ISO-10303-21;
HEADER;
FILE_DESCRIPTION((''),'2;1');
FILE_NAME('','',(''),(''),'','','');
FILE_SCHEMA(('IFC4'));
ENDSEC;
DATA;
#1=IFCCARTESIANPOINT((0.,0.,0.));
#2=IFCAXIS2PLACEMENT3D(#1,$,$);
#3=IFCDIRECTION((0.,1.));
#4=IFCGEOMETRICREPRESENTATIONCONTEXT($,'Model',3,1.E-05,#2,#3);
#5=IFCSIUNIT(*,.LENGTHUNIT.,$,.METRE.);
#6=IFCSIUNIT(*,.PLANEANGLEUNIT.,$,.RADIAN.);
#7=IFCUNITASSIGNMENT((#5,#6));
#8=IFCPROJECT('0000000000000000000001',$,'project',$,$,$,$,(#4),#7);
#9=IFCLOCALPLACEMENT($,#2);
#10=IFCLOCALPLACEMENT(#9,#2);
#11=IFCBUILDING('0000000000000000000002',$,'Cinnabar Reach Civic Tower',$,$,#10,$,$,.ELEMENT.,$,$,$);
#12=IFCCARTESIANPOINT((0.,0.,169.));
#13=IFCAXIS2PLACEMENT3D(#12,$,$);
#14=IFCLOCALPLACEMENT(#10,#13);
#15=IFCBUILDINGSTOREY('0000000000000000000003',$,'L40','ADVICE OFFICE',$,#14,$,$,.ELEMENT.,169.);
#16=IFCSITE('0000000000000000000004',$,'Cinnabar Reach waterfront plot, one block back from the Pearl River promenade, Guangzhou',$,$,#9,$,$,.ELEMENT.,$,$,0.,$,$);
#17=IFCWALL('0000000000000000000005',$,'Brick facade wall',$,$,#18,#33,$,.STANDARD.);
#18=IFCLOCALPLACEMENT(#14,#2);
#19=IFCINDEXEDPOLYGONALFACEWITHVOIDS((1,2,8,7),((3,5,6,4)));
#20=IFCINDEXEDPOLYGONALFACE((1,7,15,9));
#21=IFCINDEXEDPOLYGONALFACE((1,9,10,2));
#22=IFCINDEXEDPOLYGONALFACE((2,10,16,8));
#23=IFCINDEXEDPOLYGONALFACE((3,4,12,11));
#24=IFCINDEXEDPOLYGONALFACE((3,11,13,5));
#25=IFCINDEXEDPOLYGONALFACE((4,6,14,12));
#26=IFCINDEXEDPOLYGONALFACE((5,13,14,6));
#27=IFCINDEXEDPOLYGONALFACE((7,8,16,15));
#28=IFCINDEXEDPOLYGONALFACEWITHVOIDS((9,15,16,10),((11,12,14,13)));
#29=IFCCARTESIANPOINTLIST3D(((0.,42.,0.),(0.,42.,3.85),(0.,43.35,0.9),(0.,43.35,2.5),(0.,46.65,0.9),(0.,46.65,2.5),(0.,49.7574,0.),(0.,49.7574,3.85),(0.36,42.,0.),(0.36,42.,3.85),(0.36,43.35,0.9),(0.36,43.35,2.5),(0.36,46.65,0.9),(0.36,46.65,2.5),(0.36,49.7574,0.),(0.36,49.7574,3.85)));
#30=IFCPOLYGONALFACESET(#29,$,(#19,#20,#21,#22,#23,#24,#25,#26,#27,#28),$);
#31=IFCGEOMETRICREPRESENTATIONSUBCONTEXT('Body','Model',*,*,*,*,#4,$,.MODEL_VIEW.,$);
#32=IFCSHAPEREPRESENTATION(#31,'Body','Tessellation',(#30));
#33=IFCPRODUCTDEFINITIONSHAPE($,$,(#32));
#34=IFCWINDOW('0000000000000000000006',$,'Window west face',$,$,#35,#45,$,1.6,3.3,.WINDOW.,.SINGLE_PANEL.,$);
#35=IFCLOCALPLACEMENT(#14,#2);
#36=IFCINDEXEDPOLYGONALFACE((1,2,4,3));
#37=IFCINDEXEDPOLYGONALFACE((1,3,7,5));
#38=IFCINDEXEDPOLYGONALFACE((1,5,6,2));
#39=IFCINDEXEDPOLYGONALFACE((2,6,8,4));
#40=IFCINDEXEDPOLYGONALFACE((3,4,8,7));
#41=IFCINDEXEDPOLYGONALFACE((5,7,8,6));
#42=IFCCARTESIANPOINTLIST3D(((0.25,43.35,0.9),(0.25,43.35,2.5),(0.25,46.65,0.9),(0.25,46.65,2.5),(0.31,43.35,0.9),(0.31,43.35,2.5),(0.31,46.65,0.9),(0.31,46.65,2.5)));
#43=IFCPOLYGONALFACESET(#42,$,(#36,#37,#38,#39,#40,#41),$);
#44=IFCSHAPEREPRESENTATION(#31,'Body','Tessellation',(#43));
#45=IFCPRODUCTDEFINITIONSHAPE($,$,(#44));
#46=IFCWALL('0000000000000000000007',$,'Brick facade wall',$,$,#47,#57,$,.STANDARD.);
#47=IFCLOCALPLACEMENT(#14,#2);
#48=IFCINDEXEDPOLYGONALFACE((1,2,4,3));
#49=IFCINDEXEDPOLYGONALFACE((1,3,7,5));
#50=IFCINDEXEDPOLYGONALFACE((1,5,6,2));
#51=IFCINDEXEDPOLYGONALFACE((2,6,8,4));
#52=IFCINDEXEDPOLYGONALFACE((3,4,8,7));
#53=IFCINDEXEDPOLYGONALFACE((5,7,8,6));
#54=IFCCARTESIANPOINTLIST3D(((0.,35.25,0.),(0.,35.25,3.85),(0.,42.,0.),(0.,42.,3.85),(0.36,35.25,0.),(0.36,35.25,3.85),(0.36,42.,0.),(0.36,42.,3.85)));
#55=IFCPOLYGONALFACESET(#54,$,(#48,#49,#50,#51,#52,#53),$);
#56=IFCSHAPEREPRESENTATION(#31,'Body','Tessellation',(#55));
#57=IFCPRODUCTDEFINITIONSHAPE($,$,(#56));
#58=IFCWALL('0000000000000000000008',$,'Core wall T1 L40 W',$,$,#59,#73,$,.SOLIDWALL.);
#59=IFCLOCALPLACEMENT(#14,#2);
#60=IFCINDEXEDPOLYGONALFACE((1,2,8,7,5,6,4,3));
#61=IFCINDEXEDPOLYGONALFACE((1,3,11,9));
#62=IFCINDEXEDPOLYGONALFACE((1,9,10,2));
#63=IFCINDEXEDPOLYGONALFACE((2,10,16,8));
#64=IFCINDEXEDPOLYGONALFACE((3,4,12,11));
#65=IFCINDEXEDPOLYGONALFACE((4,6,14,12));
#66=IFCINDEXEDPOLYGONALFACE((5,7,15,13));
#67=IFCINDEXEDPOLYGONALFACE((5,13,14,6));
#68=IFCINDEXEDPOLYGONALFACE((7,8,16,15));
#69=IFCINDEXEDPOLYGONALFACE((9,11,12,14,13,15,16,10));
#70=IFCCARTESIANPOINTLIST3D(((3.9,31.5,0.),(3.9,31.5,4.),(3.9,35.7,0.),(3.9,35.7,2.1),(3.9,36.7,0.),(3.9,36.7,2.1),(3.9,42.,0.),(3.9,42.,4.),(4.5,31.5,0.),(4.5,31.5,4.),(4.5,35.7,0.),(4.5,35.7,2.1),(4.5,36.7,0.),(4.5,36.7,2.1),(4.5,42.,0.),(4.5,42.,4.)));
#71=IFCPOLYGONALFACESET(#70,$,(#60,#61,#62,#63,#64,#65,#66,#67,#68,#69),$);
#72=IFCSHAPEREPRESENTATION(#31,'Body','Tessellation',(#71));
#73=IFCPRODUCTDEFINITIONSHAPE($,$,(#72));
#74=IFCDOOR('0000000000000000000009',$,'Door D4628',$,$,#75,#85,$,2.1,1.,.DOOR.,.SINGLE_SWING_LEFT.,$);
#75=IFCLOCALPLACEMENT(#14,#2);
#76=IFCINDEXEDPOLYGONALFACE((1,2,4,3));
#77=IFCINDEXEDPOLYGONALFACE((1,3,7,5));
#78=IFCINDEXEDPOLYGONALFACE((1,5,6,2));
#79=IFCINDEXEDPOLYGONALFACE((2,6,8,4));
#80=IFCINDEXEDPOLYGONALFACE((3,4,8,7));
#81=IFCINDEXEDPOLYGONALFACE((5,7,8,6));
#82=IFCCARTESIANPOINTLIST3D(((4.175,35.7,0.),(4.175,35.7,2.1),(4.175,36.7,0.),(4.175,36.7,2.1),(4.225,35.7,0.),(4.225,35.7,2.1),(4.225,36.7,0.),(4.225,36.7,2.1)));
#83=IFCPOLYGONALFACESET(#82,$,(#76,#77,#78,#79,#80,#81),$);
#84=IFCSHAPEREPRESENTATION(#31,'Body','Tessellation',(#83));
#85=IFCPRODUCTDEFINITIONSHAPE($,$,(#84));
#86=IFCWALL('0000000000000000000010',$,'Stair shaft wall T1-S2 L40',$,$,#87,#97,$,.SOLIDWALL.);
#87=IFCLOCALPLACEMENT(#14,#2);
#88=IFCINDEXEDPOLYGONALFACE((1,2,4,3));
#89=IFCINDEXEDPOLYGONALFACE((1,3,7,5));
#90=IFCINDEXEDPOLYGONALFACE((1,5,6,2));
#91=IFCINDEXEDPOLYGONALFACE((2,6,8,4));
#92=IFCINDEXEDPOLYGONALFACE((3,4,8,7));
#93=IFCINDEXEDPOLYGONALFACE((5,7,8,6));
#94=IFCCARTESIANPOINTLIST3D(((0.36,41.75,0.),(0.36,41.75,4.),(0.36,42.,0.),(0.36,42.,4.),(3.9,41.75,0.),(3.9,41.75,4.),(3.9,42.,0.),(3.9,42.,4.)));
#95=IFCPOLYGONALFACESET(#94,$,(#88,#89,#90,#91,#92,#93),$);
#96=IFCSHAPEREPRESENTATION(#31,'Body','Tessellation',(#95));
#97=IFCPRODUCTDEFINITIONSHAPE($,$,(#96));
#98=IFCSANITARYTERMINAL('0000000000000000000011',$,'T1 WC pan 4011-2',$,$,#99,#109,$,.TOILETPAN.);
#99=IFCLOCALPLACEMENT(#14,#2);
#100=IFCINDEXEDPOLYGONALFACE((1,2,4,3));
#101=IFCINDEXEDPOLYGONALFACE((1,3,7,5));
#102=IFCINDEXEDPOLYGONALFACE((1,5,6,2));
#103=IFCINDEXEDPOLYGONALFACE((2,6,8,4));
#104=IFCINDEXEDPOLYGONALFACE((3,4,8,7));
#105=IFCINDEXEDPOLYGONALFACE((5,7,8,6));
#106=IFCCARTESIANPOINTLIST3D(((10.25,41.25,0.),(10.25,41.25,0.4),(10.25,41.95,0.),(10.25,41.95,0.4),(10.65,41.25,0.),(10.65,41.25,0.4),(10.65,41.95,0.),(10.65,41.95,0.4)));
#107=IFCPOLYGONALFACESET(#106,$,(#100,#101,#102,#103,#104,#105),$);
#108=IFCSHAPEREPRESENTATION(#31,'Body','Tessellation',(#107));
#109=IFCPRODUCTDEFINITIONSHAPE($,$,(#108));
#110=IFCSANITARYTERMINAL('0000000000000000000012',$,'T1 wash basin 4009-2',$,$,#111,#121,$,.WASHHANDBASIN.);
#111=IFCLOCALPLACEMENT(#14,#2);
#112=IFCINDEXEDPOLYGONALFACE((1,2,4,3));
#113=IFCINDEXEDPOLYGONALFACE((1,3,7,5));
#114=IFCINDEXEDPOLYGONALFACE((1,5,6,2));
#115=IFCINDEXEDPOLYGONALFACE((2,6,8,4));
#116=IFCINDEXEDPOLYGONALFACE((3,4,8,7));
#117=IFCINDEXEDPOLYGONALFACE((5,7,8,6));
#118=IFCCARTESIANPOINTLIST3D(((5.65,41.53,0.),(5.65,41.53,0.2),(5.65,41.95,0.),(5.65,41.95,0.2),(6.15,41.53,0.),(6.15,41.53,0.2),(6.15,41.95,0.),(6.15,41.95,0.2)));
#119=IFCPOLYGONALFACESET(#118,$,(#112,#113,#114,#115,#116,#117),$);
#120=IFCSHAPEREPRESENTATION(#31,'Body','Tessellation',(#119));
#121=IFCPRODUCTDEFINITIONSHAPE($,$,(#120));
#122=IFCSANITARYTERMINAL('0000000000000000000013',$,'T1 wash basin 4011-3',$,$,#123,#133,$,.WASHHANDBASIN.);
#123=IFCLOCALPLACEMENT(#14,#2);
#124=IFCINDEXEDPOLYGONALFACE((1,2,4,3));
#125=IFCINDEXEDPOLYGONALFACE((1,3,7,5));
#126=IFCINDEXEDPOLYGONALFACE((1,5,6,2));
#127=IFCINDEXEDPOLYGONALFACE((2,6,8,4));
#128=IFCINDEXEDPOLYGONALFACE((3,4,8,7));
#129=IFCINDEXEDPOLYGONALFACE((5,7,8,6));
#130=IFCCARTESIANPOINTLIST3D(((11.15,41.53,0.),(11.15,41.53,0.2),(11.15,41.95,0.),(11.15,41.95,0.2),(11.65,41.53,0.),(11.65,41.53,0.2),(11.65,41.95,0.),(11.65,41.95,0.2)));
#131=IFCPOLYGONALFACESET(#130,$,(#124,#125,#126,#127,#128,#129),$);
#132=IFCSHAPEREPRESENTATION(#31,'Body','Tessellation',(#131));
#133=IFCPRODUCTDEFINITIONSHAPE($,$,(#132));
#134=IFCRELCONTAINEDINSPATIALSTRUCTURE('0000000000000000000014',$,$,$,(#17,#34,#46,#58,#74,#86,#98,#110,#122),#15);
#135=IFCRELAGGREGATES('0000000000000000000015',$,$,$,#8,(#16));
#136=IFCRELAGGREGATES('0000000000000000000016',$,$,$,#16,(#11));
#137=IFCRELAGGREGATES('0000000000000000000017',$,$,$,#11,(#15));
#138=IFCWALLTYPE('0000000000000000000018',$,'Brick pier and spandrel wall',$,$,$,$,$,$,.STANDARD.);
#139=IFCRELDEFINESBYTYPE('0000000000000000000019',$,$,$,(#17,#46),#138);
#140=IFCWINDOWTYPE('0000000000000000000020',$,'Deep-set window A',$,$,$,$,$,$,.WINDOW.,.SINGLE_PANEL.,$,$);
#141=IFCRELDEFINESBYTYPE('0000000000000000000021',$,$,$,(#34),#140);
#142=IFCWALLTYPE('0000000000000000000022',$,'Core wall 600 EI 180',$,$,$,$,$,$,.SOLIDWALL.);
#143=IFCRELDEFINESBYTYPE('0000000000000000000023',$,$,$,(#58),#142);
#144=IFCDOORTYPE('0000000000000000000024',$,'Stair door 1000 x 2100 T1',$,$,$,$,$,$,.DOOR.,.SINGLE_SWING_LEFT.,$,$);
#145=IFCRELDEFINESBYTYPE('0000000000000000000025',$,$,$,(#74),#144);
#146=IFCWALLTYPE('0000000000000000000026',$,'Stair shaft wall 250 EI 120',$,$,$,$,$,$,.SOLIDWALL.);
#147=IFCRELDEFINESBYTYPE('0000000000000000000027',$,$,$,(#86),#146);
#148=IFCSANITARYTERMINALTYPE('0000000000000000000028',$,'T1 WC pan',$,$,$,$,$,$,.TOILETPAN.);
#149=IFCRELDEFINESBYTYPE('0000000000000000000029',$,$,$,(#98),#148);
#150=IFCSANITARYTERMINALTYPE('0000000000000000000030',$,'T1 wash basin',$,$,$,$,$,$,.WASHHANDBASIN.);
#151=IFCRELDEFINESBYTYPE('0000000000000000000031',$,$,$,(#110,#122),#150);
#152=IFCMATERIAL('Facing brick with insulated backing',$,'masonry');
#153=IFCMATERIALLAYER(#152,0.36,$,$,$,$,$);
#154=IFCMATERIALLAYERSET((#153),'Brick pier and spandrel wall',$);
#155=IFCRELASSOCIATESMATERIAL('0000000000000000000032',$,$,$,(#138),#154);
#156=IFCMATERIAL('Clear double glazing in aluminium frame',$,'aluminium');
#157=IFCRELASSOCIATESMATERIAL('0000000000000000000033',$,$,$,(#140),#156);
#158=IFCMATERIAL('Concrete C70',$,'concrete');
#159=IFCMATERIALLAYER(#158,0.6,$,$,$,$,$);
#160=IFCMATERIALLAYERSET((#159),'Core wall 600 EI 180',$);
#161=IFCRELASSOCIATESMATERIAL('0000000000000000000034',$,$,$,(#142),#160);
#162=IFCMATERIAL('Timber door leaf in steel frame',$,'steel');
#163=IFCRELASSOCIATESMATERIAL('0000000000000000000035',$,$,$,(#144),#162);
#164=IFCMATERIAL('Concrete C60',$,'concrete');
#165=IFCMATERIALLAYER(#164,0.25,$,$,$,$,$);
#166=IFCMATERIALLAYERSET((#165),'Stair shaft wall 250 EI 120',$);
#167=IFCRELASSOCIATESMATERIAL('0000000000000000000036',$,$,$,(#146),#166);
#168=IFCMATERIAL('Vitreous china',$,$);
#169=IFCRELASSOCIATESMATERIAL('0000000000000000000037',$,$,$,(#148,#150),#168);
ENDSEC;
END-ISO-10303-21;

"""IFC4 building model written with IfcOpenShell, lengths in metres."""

from ifc_helpers import new_model, si_unit, direction, frame, frame_2d, origin, origin_2d, place, context, subcontext, project, spatial, rectangle, extrude, material, layer, layer_set, type_object, element, fill, save


model = new_model("IFC4")

# Units and contexts
model_context = context("Model", 3, precision=1e-05, world=origin(), true_north=direction((0.0, 1.0)))
body_context = subcontext(model_context, "Body", "Model", "MODEL_VIEW")
ifc_project = project(units=[si_unit("LENGTHUNIT", "METRE"), si_unit("PLANEANGLEUNIT", "RADIAN")], contexts=[model_context])

# Site, building, storey
site_placement = place(None, origin())
site = spatial("IfcSite", under=ifc_project, at=site_placement, Name="Cinnabar Reach waterfront plot, one block back from the Pearl River promenade, Guangzhou", CompositionType="ELEMENT", RefElevation=0.0)
building_placement = place(site_placement, origin())
building = spatial("IfcBuilding", under=site, at=building_placement, Name="Cinnabar Reach Civic Tower", CompositionType="ELEMENT")
storey_placement = place(building_placement, frame((0.0, 0.0, 169.0)))
storey = spatial("IfcBuildingStorey", under=building, at=storey_placement, Name="L40", Description="ADVICE OFFICE", CompositionType="ELEMENT", Elevation=169.0)

# Shared definitions
ifc_material_1 = material(Name="Concrete C70", Category="concrete")

# Shared definitions
ifc_material_2 = material(Name="Facing brick with insulated backing", Category="masonry")
ifc_layer_1 = layer(ifc_material_2, 0.36)
ifc_layer_set_1 = layer_set([ifc_layer_1], Name="Brick pier and spandrel wall")
wall_type_1 = type_object("IfcWallType", Name="Brick pier and spandrel wall", PredefinedType="STANDARD", material=ifc_layer_set_1)

# Wall, opening, window
wall_1_placement = place(storey_placement, frame((0.18, 49.7574, 0.0), z_axis=(0.0, 0.0, 1.0), x_axis=(0.0, -1.0, 0.0)))
wall_1 = element("IfcWall", 1, at=wall_1_placement, inside=storey, type_object=wall_type_1, Name="Brick facade wall", PredefinedType="STANDARD", context=body_context, shape_type="SweptSolid", body=[
    extrude(rectangle(XDim=7.7574, YDim=0.36, at=frame_2d((3.8787, 0.0))), origin(), (0.0, 0.0, 1.0), 3.85),
])
opening_1_placement = place(wall_1_placement, frame((3.1074, 0.0, 0.9)))
opening_1 = element("IfcOpeningElement", 2, at=opening_1_placement, cuts=wall_1, PredefinedType="OPENING", context=body_context, shape_type="SweptSolid", body=[
    extrude(rectangle(XDim=3.3, YDim=1.6, at=frame_2d((1.65, 0.8))), frame((0.0, 0.19, 0.0), z_axis=(0.0, -1.0, 0.0), x_axis=(1.0, 0.0, 0.0)), (0.0, 0.0, 1.0), 0.38),
])
ifc_material_3 = material(Name="Clear double glazing in aluminium frame", Category="aluminium")
window_type = type_object("IfcWindowType", Name="Deep-set window A", PartitioningType="SINGLE_PANEL", PredefinedType="WINDOW", material=ifc_material_3)
window_placement = place(opening_1_placement, origin())
window = element("IfcWindow", 3, at=window_placement, inside=storey, type_object=window_type, Name="Window west face", OverallHeight=1.6, OverallWidth=3.3, PartitioningType="SINGLE_PANEL", PredefinedType="WINDOW", context=body_context, shape_type="SweptSolid", body=[
    extrude(rectangle(XDim=3.3, YDim=1.6, at=frame_2d((1.65, 0.8))), frame((0.0, 0.13, 0.0), z_axis=(0.0, -1.0, 0.0), x_axis=(1.0, 0.0, 0.0)), (0.0, 0.0, 1.0), 0.06),
])
fill(opening_1, window)

# Wall
wall_2_placement = place(storey_placement, frame((0.18, 42.0, 0.0), z_axis=(0.0, 0.0, 1.0), x_axis=(0.0, -1.0, 0.0)))
element("IfcWall", 4, at=wall_2_placement, inside=storey, type_object=wall_type_1, Name="Brick facade wall", PredefinedType="STANDARD", context=body_context, shape_type="SweptSolid", body=[
    extrude(rectangle(XDim=6.75, YDim=0.36, at=frame_2d((3.375, 0.0))), origin(), (0.0, 0.0, 1.0), 3.85),
])

# Wall, opening, door
ifc_layer_2 = layer(ifc_material_1, 0.6)
ifc_layer_set_2 = layer_set([ifc_layer_2], Name="Core wall 600 EI 180")
wall_type_2 = type_object("IfcWallType", Name="Core wall 600 EI 180", PredefinedType="SOLIDWALL", material=ifc_layer_set_2)
wall_3_placement = place(storey_placement, frame((4.2, 42.0, 0.0), z_axis=(0.0, 0.0, 1.0), x_axis=(0.0, -1.0, 0.0)))
wall_3 = element("IfcWall", 5, at=wall_3_placement, inside=storey, type_object=wall_type_2, Name="Core wall T1 L40 W", PredefinedType="SOLIDWALL", context=body_context, shape_type="SweptSolid", body=[
    extrude(rectangle(XDim=10.5, YDim=0.6, at=frame_2d((5.25, 0.0))), origin(), (0.0, 0.0, 1.0), 4.0),
])
opening_2_placement = place(wall_3_placement, frame((5.3, 0.0, 0.0)))
opening_2 = element("IfcOpeningElement", 6, at=opening_2_placement, cuts=wall_3, PredefinedType="OPENING", context=body_context, shape_type="SweptSolid", body=[
    extrude(rectangle(XDim=1.0, YDim=2.1, at=frame_2d((0.5, 1.05))), frame((0.0, 0.31, 0.0), z_axis=(0.0, -1.0, 0.0), x_axis=(1.0, 0.0, 0.0)), (0.0, 0.0, 1.0), 0.62),
])
ifc_material_4 = material(Name="Timber door leaf in steel frame", Category="steel")
door_type = type_object("IfcDoorType", Name="Stair door 1000 x 2100 T1", OperationType="SINGLE_SWING_LEFT", PredefinedType="DOOR", material=ifc_material_4)
door_placement = place(opening_2_placement, frame((1.0, 0.0, 0.0), z_axis=(0.0, 0.0, 1.0), x_axis=(-1.0, 0.0, 0.0)))
door = element("IfcDoor", 7, at=door_placement, inside=storey, type_object=door_type, Name="Door D4628", OperationType="SINGLE_SWING_LEFT", OverallHeight=2.1, OverallWidth=1.0, PredefinedType="DOOR", context=body_context, shape_type="SweptSolid", body=[
    extrude(rectangle(XDim=1.0, YDim=2.1, at=frame_2d((0.5, 1.05))), frame((0.0, 0.025, 0.0), z_axis=(0.0, -1.0, 0.0), x_axis=(1.0, 0.0, 0.0)), (0.0, 0.0, 1.0), 0.05),
])
fill(opening_2, door)

# Wall
ifc_material_5 = material(Name="Concrete C60", Category="concrete")
ifc_layer_3 = layer(ifc_material_5, 0.25)
ifc_layer_set_3 = layer_set([ifc_layer_3], Name="Stair shaft wall 250 EI 120")
wall_type_3 = type_object("IfcWallType", Name="Stair shaft wall 250 EI 120", PredefinedType="SOLIDWALL", material=ifc_layer_set_3)
wall_4_placement = place(storey_placement, frame((3.9, 41.875, 0.0), z_axis=(0.0, 0.0, 1.0), x_axis=(-1.0, 0.0, 0.0)))
element("IfcWall", 8, at=wall_4_placement, inside=storey, type_object=wall_type_3, Name="Stair shaft wall T1-S2 L40", PredefinedType="SOLIDWALL", context=body_context, shape_type="SweptSolid", body=[
    extrude(rectangle(XDim=3.54, YDim=0.25, at=frame_2d((1.77, 0.0))), origin(), (0.0, 0.0, 1.0), 4.0),
])

# Sanitary terminals
ifc_material_6 = material(Name="Vitreous china")
sanitary_terminal_type_1 = type_object("IfcSanitaryTerminalType", Name="T1 WC pan", PredefinedType="TOILETPAN", material=ifc_material_6)
sanitary_terminal_placement = place(storey_placement, frame((10.45, 41.6, 0.0), z_axis=(0.0, 0.0, 1.0), x_axis=(1.0, 0.0, 0.0)))
element("IfcSanitaryTerminal", 9, at=sanitary_terminal_placement, inside=storey, type_object=sanitary_terminal_type_1, Name="T1 WC pan 4011-2", PredefinedType="TOILETPAN", context=body_context, shape_type="SweptSolid", body=[
    extrude(rectangle(XDim=0.4, YDim=0.7, at=origin_2d()), origin(), (0.0, 0.0, 1.0), 0.4),
])
sanitary_terminal_type_2 = type_object("IfcSanitaryTerminalType", Name="T1 wash basin", PredefinedType="WASHHANDBASIN", material=ifc_material_6)
for number, where, z_axis, x_axis, name in (
    (10, (5.9, 41.74, 0.0), (0.0, 0.0, 1.0), (1.0, 0.0, 0.0), "T1 wash basin 4009-2"),
    (11, (11.4, 41.74, 0.0), (0.0, 0.0, 1.0), (1.0, 0.0, 0.0), "T1 wash basin 4011-3"),
):
    element("IfcSanitaryTerminal", number, at=place(storey_placement, frame(where, z_axis=z_axis, x_axis=x_axis)), inside=storey, type_object=sanitary_terminal_type_2, Name=name, PredefinedType="WASHHANDBASIN", context=body_context, shape_type="SweptSolid", body=[
        extrude(rectangle(XDim=0.5, YDim=0.42, at=origin_2d()), origin(), (0.0, 0.0, 1.0), 0.2),
    ])

save(model, "model.ifc")
